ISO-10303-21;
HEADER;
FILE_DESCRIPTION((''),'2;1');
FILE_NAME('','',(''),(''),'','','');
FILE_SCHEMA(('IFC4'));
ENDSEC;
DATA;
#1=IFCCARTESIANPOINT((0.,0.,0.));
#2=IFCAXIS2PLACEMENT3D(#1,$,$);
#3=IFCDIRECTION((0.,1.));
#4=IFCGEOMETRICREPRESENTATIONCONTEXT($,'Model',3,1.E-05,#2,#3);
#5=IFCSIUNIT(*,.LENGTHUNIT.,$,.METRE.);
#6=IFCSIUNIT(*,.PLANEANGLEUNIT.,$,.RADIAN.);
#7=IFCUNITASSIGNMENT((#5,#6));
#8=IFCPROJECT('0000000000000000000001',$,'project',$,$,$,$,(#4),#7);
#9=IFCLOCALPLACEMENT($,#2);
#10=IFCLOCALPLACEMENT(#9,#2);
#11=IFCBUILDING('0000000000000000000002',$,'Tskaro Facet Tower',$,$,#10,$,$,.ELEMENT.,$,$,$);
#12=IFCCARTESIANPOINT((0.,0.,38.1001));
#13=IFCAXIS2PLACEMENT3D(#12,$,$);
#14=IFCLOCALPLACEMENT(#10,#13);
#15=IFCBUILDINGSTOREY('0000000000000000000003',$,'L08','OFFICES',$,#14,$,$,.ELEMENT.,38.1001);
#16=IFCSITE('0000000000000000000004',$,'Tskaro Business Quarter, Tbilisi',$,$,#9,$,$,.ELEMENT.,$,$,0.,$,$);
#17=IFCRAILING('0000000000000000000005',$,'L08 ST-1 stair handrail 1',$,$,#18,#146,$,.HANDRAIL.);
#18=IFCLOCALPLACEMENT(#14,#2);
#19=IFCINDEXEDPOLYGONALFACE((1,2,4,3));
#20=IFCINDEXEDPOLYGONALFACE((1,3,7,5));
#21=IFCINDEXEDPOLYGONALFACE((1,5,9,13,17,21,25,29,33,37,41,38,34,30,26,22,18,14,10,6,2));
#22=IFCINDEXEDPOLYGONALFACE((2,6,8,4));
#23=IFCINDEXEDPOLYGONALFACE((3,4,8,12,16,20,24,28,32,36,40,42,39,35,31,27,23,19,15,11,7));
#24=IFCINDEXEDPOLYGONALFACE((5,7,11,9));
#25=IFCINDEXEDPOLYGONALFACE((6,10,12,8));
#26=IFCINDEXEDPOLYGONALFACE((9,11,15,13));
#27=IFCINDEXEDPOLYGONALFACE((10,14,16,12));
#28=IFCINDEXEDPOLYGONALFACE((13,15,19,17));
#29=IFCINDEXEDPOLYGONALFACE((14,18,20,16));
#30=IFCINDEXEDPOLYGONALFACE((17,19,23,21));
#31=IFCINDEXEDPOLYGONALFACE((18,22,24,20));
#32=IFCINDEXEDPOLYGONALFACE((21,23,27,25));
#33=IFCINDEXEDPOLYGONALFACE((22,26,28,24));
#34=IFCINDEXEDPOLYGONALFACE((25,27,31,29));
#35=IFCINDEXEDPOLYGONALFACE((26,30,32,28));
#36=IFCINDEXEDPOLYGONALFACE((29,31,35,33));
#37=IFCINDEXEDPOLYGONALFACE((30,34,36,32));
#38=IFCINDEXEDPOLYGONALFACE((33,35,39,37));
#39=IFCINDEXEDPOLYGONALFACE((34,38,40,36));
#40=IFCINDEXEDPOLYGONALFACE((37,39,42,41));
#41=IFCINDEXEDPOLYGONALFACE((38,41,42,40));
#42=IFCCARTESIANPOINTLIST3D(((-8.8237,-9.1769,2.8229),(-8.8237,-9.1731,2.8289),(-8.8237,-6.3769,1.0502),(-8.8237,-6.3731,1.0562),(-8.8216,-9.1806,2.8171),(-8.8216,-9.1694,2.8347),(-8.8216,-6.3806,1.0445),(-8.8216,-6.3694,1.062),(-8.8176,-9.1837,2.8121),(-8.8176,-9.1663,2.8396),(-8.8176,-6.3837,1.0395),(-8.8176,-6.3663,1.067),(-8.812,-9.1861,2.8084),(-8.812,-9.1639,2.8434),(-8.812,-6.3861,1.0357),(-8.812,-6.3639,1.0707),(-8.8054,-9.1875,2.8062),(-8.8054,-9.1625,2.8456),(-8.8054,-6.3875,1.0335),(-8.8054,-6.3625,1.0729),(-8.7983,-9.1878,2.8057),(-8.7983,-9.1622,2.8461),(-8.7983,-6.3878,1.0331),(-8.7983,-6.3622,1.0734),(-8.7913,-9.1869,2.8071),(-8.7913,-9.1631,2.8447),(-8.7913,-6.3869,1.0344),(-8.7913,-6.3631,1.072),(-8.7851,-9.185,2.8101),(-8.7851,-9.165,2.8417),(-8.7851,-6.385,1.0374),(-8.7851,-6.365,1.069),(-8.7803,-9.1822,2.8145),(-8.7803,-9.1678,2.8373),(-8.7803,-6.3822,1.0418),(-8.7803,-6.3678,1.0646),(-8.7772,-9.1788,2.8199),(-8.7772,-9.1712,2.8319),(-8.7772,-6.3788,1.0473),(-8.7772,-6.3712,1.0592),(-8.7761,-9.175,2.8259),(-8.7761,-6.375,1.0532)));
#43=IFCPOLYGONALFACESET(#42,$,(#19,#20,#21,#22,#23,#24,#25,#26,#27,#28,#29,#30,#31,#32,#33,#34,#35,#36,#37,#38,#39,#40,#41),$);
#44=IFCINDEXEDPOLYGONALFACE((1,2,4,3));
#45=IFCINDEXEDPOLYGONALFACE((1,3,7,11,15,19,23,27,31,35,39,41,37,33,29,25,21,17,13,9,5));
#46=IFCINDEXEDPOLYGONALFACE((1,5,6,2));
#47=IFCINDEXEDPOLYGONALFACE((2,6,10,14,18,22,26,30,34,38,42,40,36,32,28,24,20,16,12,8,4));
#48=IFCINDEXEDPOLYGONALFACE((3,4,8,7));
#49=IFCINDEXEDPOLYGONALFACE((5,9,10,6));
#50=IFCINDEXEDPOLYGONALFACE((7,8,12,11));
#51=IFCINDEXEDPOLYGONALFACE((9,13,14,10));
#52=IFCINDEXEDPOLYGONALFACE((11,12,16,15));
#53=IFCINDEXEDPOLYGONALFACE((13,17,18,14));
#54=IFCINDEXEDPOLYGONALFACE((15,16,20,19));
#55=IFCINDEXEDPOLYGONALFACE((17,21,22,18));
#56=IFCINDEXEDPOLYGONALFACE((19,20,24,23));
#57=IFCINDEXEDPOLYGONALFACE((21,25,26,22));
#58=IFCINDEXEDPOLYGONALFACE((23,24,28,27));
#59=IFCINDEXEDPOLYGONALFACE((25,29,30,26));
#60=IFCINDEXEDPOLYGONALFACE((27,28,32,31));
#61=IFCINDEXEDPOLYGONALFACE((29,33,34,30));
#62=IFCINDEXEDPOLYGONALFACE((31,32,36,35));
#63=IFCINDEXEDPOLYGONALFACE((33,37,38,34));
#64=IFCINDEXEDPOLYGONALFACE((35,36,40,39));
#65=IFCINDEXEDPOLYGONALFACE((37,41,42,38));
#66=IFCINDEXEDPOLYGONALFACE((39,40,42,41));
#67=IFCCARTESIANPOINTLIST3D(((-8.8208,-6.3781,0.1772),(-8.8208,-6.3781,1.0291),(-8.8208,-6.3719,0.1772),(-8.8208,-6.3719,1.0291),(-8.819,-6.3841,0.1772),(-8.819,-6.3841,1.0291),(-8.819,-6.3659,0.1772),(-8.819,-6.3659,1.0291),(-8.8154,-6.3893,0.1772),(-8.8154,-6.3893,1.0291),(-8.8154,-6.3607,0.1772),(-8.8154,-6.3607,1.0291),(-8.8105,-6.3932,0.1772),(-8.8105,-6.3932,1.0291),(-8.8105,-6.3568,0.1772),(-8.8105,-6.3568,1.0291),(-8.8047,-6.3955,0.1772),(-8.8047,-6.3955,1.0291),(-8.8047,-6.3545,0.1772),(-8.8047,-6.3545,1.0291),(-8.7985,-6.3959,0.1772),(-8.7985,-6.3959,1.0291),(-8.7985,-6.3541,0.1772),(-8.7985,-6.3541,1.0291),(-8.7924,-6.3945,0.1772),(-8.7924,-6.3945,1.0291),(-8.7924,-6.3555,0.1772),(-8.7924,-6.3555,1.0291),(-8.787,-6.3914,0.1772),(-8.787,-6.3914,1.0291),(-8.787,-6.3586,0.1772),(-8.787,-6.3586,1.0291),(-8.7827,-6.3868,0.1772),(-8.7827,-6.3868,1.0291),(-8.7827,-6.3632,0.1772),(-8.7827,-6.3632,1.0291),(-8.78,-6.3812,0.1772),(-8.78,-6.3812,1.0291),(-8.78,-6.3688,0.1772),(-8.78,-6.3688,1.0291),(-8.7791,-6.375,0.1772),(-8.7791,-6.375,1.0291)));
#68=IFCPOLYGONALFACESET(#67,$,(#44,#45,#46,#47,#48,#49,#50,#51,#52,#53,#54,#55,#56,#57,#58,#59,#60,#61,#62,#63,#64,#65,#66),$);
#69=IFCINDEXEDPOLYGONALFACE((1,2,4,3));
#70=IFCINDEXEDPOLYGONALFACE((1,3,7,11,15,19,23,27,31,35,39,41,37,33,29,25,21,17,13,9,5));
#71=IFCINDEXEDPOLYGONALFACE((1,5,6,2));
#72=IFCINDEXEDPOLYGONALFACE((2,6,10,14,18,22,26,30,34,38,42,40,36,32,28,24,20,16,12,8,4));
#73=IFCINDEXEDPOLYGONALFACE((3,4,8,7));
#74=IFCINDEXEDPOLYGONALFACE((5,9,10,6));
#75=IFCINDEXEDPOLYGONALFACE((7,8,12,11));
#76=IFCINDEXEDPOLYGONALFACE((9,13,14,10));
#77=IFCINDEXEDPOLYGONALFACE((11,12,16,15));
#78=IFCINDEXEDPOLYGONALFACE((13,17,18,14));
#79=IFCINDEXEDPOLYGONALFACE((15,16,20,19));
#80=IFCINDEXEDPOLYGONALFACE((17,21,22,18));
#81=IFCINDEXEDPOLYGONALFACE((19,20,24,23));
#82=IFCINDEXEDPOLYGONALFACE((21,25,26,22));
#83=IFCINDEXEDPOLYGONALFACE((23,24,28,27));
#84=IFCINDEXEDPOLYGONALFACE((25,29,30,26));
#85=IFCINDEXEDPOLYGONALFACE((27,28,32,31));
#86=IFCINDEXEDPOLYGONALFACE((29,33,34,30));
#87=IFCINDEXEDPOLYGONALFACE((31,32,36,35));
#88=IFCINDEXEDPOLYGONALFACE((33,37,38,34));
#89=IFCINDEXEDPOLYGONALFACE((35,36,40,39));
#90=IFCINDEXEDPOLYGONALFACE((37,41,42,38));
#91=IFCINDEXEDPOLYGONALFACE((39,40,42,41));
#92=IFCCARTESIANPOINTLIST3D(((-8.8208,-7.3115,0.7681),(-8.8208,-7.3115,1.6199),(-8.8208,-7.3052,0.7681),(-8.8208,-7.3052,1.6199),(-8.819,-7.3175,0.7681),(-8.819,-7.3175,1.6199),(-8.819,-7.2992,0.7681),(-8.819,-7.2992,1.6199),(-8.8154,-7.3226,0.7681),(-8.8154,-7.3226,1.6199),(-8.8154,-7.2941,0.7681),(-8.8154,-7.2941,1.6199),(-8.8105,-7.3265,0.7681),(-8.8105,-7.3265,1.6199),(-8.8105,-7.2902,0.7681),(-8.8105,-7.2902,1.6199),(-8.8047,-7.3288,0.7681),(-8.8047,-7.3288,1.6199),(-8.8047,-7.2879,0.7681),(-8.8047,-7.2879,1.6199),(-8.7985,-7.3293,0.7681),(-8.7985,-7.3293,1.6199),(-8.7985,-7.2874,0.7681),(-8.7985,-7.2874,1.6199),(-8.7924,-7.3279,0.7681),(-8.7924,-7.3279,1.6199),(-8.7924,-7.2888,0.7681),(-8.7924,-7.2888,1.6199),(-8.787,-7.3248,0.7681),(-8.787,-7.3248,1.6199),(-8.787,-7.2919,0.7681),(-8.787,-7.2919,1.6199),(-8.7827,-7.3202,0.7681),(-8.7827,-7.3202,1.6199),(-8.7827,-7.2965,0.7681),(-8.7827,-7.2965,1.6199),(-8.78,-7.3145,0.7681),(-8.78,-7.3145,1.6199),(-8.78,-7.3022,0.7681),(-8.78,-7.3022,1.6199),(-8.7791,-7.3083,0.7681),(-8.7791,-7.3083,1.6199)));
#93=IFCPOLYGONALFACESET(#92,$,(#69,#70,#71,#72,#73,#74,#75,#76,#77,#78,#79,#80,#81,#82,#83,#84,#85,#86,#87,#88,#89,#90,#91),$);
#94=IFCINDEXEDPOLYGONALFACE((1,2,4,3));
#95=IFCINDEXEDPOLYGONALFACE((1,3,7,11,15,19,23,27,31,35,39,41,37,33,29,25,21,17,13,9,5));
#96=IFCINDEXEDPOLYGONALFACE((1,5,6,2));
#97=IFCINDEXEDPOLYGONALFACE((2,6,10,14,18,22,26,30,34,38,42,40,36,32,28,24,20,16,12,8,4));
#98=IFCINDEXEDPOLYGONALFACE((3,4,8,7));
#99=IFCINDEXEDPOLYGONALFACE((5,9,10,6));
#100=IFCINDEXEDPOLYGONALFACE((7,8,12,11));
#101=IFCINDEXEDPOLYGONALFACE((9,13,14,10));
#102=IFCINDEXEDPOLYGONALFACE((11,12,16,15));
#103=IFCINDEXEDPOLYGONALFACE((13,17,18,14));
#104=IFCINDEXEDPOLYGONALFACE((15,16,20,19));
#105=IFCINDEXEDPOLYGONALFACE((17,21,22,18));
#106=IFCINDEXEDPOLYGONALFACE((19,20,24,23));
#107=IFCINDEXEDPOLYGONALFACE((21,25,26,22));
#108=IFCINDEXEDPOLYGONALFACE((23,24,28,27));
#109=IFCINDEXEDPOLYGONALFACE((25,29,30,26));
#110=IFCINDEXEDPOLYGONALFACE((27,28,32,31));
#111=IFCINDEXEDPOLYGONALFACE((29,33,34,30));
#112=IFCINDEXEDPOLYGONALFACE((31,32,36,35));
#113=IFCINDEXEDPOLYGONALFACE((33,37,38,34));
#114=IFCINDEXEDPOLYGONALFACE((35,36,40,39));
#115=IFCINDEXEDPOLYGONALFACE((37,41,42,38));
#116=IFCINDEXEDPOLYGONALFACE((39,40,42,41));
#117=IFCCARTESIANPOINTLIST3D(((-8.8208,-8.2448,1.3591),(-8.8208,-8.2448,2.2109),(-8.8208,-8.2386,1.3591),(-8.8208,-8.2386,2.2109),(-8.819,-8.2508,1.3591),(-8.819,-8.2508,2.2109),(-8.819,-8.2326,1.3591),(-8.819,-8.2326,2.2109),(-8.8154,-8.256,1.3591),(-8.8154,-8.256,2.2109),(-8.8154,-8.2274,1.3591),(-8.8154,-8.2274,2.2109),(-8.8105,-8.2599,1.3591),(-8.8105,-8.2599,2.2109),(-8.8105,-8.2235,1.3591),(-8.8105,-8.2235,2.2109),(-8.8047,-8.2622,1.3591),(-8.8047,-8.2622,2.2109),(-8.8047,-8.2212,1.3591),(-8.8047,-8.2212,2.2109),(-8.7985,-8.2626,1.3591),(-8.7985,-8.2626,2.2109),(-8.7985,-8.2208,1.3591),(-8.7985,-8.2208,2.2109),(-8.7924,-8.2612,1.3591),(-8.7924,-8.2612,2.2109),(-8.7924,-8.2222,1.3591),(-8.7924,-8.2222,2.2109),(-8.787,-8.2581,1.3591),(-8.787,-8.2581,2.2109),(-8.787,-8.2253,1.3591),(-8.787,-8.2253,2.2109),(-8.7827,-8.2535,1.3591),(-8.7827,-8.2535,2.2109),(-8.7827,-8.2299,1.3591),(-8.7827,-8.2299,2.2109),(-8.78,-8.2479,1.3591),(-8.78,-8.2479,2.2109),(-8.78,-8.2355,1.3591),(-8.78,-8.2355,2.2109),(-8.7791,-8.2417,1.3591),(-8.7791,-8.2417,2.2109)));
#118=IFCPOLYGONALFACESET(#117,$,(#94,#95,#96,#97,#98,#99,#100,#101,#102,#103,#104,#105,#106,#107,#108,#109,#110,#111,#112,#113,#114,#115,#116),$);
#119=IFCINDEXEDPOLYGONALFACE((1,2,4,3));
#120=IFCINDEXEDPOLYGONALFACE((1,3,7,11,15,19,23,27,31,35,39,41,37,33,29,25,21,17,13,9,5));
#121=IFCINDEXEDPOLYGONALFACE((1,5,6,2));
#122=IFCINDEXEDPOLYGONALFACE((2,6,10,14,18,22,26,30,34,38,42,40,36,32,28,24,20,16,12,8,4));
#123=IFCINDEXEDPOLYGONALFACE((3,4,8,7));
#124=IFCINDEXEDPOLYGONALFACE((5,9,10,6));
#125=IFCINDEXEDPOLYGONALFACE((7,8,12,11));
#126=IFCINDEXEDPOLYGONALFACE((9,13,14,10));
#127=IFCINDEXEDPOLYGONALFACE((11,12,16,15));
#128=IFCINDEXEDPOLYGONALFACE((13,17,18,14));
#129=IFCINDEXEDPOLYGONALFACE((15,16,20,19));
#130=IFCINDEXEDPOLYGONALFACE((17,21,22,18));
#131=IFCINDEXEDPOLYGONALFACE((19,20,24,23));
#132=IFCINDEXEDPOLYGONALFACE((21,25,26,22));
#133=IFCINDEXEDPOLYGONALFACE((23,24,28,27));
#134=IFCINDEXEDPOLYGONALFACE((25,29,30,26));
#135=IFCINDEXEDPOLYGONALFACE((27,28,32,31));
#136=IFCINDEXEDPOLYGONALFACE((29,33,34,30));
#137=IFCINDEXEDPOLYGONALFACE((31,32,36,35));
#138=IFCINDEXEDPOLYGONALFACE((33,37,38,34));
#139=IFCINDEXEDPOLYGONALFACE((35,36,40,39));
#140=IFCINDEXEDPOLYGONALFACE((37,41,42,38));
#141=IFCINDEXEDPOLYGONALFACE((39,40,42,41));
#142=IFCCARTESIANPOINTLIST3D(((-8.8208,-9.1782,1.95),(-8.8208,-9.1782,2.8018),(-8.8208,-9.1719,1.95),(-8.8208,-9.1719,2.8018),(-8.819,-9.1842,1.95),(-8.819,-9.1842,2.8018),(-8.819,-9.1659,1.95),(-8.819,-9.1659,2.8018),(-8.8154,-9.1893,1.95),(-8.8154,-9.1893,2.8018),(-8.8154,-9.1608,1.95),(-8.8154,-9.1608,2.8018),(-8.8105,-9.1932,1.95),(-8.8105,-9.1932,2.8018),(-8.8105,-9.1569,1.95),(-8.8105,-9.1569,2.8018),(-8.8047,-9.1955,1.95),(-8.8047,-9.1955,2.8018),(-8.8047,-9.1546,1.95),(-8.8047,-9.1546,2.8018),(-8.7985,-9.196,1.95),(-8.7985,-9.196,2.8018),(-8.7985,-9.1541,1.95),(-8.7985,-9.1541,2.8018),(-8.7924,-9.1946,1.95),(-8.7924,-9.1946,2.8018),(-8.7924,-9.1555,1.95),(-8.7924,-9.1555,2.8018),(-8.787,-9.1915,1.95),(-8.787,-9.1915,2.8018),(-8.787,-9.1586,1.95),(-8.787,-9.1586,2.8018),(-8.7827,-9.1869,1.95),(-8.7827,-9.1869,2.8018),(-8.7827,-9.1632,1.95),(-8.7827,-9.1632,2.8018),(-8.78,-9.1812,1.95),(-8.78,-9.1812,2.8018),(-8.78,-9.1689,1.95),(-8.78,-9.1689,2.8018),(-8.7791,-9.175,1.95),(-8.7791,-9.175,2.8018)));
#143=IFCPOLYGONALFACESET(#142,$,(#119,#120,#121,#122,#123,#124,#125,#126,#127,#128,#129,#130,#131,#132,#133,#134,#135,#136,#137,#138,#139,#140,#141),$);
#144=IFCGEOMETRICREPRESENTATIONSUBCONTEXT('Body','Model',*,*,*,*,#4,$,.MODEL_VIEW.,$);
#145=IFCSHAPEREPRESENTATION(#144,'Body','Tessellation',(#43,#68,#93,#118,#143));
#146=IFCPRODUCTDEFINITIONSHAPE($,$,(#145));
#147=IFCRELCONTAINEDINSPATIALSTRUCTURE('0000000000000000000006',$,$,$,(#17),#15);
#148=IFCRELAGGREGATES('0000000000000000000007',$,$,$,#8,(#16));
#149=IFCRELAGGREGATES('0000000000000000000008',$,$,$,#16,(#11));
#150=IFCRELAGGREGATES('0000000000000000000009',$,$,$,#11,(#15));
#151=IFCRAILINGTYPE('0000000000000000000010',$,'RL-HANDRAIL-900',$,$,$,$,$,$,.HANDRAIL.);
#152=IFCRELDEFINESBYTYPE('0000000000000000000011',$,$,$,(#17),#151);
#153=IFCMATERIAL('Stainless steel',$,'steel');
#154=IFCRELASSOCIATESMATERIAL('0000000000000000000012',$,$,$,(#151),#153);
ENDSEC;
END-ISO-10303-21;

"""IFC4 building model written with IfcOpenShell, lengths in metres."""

from ifc_helpers import new_model, si_unit, direction, frame, origin, origin_2d, place, context, subcontext, project, spatial, circle, extrude, material, type_object, element, save


model = new_model("IFC4")

# Units and contexts
model_context = context("Model", 3, precision=1e-05, world=origin(), true_north=direction((0.0, 1.0)))
body_context = subcontext(model_context, "Body", "Model", "MODEL_VIEW")
ifc_project = project(units=[si_unit("LENGTHUNIT", "METRE"), si_unit("PLANEANGLEUNIT", "RADIAN")], contexts=[model_context])

# Site, building, storey
site_placement = place(None, origin())
site = spatial("IfcSite", under=ifc_project, at=site_placement, Name="Tskaro Business Quarter, Tbilisi", CompositionType="ELEMENT", RefElevation=0.0)
building_placement = place(site_placement, origin())
building = spatial("IfcBuilding", under=site, at=building_placement, Name="Tskaro Facet Tower", CompositionType="ELEMENT")
storey_placement = place(building_placement, frame((0.0, 0.0, 38.1001)))
storey = spatial("IfcBuildingStorey", under=building, at=storey_placement, Name="L08", Description="OFFICES", CompositionType="ELEMENT", Elevation=38.1001)

# Shared definitions
ifc_material_1 = material(Name="Stainless steel", Category="steel")

# Railing
railing_type_1 = type_object("IfcRailingType", Name="RL-HANDRAIL-900", PredefinedType="HANDRAIL", material=ifc_material_1)
railing_1_placement = place(storey_placement, frame((-8.8, -6.375, 0.1772)))
element("IfcRailing", 1, at=railing_1_placement, inside=storey, type_object=railing_type_1, Name="L08 ST-1 stair handrail 1", PredefinedType="HANDRAIL", context=body_context, shape_type="SweptSolid", body=[
    extrude(circle(Radius=0.0239, at=origin_2d()), frame((0.0, 0.0, 0.876), z_axis=(0.0, -0.844909, 0.53491), x_axis=(1.0, 0.0, 0.0)), (0.0, 0.0, 1.0), 3.314),
    extrude(circle(Radius=0.021, at=origin_2d()), origin(), (0.0, 0.0, 1.0), 0.8518),
    extrude(circle(Radius=0.021, at=origin_2d()), frame((0.0, -0.9333, 0.5908)), (0.0, 0.0, 1.0), 0.8518),
    extrude(circle(Radius=0.021, at=origin_2d()), frame((0.0, -1.8667, 1.1819)), (0.0, 0.0, 1.0), 0.8518),
    extrude(circle(Radius=0.021, at=origin_2d()), frame((0.0, -2.8, 1.7727)), (0.0, 0.0, 1.0), 0.8518),
])

save(model, "model.ifc")
